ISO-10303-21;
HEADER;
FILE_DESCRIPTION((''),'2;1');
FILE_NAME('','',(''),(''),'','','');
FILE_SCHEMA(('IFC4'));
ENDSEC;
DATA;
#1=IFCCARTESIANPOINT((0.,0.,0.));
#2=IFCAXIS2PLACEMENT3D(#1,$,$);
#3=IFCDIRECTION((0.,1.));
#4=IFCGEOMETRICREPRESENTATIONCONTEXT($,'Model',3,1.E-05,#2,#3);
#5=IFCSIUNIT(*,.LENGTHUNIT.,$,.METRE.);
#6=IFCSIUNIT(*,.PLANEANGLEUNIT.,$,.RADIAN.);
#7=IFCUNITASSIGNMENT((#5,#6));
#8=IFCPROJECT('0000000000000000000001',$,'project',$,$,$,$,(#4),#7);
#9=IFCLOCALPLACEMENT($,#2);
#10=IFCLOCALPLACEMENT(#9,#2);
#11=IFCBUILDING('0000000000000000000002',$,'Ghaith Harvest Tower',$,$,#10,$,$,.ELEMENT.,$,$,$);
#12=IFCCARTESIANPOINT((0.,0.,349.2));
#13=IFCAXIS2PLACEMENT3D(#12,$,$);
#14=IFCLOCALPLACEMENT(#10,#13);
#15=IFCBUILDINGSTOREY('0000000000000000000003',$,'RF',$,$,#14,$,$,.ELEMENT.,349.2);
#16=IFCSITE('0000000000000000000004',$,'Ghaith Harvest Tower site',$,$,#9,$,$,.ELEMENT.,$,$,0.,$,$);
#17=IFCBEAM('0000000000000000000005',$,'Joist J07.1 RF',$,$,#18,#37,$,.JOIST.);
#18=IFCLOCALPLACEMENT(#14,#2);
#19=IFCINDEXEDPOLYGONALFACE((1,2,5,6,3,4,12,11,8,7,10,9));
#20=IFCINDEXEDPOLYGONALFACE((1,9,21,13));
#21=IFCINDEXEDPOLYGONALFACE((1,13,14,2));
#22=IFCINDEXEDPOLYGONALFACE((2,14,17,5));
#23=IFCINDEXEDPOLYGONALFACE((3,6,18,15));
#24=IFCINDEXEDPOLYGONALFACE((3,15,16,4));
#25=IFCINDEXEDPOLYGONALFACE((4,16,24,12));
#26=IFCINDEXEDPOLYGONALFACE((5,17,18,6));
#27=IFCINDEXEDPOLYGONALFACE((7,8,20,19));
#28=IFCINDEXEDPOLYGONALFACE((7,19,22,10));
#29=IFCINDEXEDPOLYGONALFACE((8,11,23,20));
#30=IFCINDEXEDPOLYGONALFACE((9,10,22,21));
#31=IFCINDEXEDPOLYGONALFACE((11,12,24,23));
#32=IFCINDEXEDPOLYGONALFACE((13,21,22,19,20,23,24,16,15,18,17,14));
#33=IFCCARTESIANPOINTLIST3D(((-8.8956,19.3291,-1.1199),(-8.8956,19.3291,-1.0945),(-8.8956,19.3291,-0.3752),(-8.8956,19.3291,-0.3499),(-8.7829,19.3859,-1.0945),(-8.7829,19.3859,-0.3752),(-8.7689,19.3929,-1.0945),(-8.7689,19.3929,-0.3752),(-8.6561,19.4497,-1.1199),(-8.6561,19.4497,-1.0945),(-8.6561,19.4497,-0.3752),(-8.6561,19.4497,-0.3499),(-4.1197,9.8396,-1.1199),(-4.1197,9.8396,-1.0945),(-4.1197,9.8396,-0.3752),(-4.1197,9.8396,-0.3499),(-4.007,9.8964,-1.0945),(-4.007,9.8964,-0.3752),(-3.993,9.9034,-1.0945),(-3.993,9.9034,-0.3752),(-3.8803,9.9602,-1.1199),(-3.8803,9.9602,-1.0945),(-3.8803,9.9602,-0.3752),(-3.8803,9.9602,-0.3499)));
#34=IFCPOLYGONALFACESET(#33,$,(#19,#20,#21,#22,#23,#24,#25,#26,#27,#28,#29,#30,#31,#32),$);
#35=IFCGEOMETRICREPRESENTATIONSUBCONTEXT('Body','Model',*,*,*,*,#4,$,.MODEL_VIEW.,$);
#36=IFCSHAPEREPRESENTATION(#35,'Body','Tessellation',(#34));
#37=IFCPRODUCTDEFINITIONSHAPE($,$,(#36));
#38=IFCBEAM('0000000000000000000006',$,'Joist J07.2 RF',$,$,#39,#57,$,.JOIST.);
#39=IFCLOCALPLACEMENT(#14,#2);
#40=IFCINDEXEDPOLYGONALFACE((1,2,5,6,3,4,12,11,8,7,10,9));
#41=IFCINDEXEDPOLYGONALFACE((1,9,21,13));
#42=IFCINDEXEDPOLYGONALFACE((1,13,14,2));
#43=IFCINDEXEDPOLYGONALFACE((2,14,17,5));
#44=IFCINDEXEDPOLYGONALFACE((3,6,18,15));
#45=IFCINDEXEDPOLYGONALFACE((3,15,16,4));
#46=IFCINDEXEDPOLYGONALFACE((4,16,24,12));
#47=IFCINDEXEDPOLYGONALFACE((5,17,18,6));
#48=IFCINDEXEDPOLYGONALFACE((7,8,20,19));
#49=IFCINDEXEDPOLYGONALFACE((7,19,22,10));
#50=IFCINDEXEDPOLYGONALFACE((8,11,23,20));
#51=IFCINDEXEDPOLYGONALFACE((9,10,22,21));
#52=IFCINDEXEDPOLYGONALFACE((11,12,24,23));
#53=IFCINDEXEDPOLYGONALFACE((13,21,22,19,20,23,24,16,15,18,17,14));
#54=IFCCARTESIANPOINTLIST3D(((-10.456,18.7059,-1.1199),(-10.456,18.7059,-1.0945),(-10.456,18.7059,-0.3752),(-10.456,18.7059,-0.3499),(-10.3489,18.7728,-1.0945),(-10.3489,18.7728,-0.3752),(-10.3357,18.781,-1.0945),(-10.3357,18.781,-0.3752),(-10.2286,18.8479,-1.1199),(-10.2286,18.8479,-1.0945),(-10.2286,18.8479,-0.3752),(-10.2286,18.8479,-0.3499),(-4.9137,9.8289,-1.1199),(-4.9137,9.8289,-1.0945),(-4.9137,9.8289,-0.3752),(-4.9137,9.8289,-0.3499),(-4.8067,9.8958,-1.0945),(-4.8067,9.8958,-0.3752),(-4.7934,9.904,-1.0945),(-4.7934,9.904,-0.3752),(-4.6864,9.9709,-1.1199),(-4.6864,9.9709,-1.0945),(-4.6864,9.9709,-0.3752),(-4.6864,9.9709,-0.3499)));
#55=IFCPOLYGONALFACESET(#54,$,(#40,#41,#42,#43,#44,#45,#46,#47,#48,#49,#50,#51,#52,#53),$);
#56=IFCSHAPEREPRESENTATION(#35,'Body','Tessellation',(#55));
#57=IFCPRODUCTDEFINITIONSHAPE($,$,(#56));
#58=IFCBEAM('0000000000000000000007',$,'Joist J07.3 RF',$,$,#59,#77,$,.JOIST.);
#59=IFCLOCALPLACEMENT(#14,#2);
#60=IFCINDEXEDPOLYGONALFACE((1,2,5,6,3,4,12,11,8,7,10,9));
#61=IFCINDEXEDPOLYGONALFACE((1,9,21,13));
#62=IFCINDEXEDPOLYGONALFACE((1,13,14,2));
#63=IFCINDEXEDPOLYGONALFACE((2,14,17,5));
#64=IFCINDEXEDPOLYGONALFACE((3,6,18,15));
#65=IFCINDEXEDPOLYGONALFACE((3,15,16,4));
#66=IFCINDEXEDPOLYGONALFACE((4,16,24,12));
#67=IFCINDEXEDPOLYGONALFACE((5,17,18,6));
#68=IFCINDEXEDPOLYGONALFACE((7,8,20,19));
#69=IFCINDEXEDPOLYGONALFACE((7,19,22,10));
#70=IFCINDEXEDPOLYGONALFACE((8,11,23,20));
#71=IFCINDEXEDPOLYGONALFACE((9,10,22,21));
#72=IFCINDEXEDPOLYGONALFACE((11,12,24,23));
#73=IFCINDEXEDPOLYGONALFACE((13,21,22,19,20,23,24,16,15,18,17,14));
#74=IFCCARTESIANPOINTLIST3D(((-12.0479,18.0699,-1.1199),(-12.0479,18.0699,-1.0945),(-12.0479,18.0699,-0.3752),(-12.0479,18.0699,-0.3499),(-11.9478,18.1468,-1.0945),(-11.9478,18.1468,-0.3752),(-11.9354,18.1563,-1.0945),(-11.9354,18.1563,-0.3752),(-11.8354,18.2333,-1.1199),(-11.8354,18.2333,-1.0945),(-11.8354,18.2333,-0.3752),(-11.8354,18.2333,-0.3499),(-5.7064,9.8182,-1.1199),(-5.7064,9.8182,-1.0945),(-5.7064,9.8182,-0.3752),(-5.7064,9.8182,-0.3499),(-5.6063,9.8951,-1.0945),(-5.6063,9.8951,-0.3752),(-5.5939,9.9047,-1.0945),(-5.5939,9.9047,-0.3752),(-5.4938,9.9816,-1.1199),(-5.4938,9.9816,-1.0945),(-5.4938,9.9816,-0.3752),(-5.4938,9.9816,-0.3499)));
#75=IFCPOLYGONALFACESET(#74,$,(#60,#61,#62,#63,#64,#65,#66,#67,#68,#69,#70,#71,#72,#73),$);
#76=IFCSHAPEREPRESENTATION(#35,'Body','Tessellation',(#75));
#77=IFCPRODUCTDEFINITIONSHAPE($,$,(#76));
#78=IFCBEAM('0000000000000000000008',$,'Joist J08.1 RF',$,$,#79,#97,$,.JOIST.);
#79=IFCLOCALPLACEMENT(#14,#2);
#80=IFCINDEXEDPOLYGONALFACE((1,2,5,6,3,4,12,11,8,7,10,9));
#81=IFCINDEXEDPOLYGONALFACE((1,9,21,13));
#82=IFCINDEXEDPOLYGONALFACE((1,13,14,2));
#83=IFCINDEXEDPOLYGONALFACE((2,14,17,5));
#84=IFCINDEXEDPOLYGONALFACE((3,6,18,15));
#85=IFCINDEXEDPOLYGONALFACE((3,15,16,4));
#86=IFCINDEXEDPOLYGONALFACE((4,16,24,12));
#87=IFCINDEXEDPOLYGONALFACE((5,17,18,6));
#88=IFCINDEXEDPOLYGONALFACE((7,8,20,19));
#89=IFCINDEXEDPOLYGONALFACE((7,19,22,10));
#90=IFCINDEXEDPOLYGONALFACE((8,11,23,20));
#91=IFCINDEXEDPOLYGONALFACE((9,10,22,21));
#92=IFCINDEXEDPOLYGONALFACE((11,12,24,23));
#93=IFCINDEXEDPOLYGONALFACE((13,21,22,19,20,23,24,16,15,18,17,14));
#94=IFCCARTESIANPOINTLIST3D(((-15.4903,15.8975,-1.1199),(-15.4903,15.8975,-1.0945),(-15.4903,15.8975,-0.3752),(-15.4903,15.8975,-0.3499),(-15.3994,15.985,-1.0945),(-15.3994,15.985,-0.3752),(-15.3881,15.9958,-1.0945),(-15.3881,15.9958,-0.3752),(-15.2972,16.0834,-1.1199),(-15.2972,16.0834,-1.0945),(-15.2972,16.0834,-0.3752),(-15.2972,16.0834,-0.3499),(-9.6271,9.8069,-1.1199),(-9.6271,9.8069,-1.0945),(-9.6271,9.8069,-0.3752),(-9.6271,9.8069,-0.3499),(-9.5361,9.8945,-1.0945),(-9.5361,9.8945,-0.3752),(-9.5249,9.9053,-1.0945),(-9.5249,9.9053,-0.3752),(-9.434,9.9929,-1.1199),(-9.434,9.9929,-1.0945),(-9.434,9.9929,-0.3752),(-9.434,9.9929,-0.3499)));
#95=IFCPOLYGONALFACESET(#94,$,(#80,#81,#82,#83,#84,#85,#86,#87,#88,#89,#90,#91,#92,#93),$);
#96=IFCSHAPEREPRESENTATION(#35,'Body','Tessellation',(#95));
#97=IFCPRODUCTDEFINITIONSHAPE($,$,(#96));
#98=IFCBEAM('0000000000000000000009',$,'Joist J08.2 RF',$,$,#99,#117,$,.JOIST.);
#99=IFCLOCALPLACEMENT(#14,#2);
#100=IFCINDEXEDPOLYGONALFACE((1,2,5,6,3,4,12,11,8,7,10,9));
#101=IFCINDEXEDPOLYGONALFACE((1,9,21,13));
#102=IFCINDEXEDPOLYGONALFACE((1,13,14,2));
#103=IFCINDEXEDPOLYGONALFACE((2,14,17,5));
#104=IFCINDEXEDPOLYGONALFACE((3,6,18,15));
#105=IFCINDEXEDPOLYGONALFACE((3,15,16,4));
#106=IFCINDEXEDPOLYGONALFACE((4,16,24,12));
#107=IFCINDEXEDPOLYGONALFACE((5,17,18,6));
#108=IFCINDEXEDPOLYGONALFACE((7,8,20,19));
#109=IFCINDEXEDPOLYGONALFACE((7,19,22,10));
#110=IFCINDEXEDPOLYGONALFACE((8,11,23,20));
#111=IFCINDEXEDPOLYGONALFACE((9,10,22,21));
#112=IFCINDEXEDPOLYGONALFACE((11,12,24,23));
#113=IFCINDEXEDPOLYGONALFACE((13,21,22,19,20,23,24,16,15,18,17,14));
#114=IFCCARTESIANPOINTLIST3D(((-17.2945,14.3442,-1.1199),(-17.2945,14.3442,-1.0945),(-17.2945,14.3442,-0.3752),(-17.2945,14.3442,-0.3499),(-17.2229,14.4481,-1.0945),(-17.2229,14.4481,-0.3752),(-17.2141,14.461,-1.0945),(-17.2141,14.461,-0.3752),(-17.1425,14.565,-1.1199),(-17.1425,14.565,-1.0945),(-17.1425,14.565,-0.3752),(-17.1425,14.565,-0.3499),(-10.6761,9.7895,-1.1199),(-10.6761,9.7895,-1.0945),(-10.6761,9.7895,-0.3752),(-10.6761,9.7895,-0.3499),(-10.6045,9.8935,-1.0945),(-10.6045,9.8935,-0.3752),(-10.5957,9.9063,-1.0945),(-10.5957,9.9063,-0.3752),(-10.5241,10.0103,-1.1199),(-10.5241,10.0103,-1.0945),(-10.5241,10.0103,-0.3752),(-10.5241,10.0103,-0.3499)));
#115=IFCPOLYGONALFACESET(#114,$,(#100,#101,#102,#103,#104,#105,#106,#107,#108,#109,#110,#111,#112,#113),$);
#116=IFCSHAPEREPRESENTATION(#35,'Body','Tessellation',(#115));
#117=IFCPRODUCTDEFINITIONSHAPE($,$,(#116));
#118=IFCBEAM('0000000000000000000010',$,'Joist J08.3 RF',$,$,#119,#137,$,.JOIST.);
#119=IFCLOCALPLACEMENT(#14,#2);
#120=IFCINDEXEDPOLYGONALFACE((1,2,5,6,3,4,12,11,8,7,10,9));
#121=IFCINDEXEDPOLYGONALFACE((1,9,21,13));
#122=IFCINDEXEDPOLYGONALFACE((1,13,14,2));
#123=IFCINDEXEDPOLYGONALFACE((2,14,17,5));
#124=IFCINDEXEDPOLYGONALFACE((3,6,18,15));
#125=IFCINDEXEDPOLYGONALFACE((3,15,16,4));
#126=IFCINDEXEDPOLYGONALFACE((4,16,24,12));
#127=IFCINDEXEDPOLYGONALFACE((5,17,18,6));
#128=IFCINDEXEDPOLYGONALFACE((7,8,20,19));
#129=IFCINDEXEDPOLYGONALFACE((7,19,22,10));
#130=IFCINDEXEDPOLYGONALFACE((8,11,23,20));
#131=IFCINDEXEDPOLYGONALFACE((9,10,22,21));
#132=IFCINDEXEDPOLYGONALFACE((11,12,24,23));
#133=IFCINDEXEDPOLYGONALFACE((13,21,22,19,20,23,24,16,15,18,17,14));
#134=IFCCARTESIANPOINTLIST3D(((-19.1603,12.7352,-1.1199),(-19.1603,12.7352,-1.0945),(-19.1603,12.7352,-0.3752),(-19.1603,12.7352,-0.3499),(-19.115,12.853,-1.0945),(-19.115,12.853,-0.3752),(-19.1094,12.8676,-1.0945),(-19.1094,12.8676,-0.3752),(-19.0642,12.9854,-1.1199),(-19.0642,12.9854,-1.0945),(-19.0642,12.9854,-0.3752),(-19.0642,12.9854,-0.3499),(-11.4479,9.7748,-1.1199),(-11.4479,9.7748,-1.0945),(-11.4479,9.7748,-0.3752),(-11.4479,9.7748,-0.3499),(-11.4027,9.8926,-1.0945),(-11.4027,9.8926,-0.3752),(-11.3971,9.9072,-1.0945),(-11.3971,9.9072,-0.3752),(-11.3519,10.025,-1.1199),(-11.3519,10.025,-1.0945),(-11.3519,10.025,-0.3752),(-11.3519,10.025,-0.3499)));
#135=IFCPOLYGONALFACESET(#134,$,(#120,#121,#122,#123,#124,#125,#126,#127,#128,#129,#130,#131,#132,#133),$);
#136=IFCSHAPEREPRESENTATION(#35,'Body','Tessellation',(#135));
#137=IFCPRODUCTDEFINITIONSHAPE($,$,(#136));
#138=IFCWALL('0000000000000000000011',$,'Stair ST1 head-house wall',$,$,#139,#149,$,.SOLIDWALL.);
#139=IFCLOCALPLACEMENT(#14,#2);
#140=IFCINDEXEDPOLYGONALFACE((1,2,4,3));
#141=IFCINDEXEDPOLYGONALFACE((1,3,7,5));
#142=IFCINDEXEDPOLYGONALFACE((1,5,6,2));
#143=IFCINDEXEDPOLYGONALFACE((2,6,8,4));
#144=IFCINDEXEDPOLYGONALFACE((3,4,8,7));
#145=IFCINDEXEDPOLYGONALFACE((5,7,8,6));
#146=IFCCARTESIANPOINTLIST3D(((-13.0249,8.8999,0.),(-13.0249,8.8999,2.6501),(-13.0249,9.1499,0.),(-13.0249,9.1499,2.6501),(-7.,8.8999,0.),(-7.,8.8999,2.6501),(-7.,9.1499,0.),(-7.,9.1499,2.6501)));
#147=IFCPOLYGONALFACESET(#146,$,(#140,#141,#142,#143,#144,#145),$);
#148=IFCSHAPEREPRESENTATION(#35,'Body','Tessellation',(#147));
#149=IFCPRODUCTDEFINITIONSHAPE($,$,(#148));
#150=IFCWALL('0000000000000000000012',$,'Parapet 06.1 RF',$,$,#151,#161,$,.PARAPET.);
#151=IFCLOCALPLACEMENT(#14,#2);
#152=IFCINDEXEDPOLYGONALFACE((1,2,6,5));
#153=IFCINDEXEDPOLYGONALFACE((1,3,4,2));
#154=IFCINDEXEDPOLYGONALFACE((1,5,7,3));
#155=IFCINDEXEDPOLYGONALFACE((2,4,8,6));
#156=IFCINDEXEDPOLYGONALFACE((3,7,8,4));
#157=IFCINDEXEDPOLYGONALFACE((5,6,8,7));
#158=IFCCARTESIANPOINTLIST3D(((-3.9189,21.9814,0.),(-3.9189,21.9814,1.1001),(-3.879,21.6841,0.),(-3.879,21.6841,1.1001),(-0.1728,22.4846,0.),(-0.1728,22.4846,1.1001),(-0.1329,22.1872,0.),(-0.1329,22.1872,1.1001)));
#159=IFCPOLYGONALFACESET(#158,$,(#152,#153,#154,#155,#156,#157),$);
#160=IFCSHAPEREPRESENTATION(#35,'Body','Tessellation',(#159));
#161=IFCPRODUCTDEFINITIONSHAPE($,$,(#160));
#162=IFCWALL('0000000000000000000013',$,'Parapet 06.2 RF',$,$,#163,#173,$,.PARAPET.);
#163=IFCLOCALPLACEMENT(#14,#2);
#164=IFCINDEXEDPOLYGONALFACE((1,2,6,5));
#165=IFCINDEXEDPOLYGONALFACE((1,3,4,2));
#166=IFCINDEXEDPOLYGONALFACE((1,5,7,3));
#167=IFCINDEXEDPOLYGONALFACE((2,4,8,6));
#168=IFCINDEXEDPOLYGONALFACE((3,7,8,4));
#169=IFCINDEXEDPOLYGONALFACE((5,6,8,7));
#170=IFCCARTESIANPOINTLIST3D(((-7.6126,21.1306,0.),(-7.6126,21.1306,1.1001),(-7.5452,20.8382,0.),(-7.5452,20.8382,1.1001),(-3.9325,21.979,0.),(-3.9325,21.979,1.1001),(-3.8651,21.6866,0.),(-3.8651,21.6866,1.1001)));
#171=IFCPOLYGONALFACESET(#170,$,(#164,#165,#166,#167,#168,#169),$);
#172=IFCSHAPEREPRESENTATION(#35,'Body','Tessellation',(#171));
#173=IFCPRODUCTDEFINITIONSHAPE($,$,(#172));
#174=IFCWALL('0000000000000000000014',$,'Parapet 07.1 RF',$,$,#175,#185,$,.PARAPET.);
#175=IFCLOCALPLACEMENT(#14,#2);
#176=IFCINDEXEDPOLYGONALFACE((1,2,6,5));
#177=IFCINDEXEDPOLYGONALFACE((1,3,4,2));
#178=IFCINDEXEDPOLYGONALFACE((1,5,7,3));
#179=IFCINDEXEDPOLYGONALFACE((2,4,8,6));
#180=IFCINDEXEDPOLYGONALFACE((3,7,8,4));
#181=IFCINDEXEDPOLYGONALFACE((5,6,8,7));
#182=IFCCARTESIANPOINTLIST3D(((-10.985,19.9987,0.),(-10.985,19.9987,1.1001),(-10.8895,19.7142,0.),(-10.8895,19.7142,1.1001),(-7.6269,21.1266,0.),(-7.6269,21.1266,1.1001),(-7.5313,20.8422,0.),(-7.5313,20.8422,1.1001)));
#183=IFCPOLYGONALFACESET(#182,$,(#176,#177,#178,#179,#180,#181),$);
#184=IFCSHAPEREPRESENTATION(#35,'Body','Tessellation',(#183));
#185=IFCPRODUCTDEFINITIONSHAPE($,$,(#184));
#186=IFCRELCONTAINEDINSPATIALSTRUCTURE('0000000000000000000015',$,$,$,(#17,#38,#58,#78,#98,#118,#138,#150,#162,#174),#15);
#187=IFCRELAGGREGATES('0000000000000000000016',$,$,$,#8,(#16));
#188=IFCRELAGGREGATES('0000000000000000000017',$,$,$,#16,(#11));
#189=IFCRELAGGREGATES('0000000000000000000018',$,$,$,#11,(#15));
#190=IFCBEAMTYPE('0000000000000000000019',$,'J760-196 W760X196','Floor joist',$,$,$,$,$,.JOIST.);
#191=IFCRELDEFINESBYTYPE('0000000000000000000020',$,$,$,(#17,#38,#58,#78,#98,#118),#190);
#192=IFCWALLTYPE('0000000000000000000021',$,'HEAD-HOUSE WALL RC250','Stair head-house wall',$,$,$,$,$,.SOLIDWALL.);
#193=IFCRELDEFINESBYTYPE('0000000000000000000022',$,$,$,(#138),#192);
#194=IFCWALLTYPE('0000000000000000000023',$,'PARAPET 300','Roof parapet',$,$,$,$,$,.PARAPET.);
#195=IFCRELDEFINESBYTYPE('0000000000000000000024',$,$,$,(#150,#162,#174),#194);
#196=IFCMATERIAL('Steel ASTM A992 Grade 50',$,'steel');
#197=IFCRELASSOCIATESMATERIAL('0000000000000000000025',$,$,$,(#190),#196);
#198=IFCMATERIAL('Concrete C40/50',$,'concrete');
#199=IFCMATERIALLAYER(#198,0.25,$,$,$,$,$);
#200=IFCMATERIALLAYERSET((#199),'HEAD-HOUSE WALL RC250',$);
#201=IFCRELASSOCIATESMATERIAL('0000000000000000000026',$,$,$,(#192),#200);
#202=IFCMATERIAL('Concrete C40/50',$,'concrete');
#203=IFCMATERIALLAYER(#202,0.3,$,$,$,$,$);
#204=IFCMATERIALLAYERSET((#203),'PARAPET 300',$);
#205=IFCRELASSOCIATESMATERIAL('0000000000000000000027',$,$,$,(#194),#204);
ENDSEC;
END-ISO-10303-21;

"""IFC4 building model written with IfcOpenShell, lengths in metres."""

from ifc_helpers import new_model, si_unit, direction, frame, frame_2d, origin, origin_2d, place, context, subcontext, project, spatial, rectangle, i_section, extrude, material, layer, layer_set, material_profile, profile_set, type_object, element, save


model = new_model("IFC4")

# Units and contexts
model_context = context("Model", 3, precision=1e-05, world=origin(), true_north=direction((0.0, 1.0)))
body_context = subcontext(model_context, "Body", "Model", "MODEL_VIEW")
ifc_project = project(units=[si_unit("LENGTHUNIT", "METRE"), si_unit("PLANEANGLEUNIT", "RADIAN")], contexts=[model_context])

# Site, building, storey
site_placement = place(None, origin())
site = spatial("IfcSite", under=ifc_project, at=site_placement, Name="Ghaith Harvest Tower site", CompositionType="ELEMENT", RefElevation=0.0)
building_placement = place(site_placement, origin())
building = spatial("IfcBuilding", under=site, at=building_placement, Name="Ghaith Harvest Tower", CompositionType="ELEMENT")
storey_placement = place(building_placement, frame((0.0, 0.0, 349.2)))
storey = spatial("IfcBuildingStorey", under=building, at=storey_placement, Name="RF", CompositionType="ELEMENT", Elevation=349.2)

# Beams
ifc_material_1 = material(Name="Steel ASTM A992 Grade 50", Category="steel")
ifc_material_profile_1 = material_profile(ifc_material_1, i_section(OverallWidth=0.2681, OverallDepth=0.77, WebThickness=0.0156, FlangeThickness=0.0254, at=origin_2d()), Name="W760X196")
ifc_profile_set_1 = profile_set([ifc_material_profile_1], Name="Steel ASTM A992 Grade 50")
beam_type_1 = type_object("IfcBeamType", Name="J760-196 W760X196", Description="Floor joist", PredefinedType="JOIST", material=ifc_profile_set_1)
beam_1_placement = place(storey_placement, frame((-4.0, 9.8999, -0.7349), z_axis=(-0.449556, 0.893252, 0.0), x_axis=(-0.893252, -0.449556, 0.0)))
element("IfcBeam", 1, at=beam_1_placement, inside=storey, type_object=beam_type_1, Name="Joist J07.1 RF", PredefinedType="JOIST", context=body_context, shape_type="SweptSolid", body=[
    extrude(i_section(OverallWidth=0.2681, OverallDepth=0.77, WebThickness=0.0156, FlangeThickness=0.0254, at=origin_2d()), origin(), (0.0, 0.0, 1.0), 10.6235),
])
beam_2_placement = place(storey_placement, frame((-4.8, 9.8999, -0.7349), z_axis=(-0.529596, 0.84825, 0.0), x_axis=(-0.84825, -0.529596, 0.0)))
element("IfcBeam", 2, at=beam_2_placement, inside=storey, type_object=beam_type_1, Name="Joist J07.2 RF", PredefinedType="JOIST", context=body_context, shape_type="SweptSolid", body=[
    extrude(i_section(OverallWidth=0.2681, OverallDepth=0.77, WebThickness=0.0156, FlangeThickness=0.0254, at=origin_2d()), origin(), (0.0, 0.0, 1.0), 10.4651),
])
beam_3_placement = place(storey_placement, frame((-5.6001, 9.8999, -0.7349), z_axis=(-0.609354, 0.792899, 0.0), x_axis=(-0.792899, -0.609354, 0.0)))
element("IfcBeam", 3, at=beam_3_placement, inside=storey, type_object=beam_type_1, Name="Joist J07.3 RF", PredefinedType="JOIST", context=body_context, shape_type="SweptSolid", body=[
    extrude(i_section(OverallWidth=0.2681, OverallDepth=0.77, WebThickness=0.0156, FlangeThickness=0.0254, at=origin_2d()), origin(), (0.0, 0.0, 1.0), 10.407),
])
beam_4_placement = place(storey_placement, frame((-9.5305, 9.8999, -0.7349), z_axis=(-0.693536, 0.720422, 0.0), x_axis=(-0.720422, -0.693536, 0.0)))
element("IfcBeam", 4, at=beam_4_placement, inside=storey, type_object=beam_type_1, Name="Joist J08.1 RF", PredefinedType="JOIST", context=body_context, shape_type="SweptSolid", body=[
    extrude(i_section(OverallWidth=0.2681, OverallDepth=0.77, WebThickness=0.0156, FlangeThickness=0.0254, at=origin_2d()), origin(), (0.0, 0.0, 1.0), 8.4541),
])
beam_5_placement = place(storey_placement, frame((-10.6001, 9.8999, -0.7349), z_axis=(-0.823779, 0.566912, 0.0), x_axis=(-0.566912, -0.823779, 0.0)))
element("IfcBeam", 5, at=beam_5_placement, inside=storey, type_object=beam_type_1, Name="Joist J08.2 RF", PredefinedType="JOIST", context=body_context, shape_type="SweptSolid", body=[
    extrude(i_section(OverallWidth=0.2681, OverallDepth=0.77, WebThickness=0.0156, FlangeThickness=0.0254, at=origin_2d()), origin(), (0.0, 0.0, 1.0), 8.0342),
])
beam_6_placement = place(storey_placement, frame((-11.3999, 9.8999, -0.7349), z_axis=(-0.933583, 0.358361, 0.0), x_axis=(-0.358361, -0.933583, 0.0)))
element("IfcBeam", 6, at=beam_6_placement, inside=storey, type_object=beam_type_1, Name="Joist J08.3 RF", PredefinedType="JOIST", context=body_context, shape_type="SweptSolid", body=[
    extrude(i_section(OverallWidth=0.2681, OverallDepth=0.77, WebThickness=0.0156, FlangeThickness=0.0254, at=origin_2d()), origin(), (0.0, 0.0, 1.0), 8.261),
])

# Wall
ifc_material_2 = material(Name="Concrete C40/50", Category="concrete")
ifc_layer_1 = layer(ifc_material_2, 0.25)
ifc_layer_set_1 = layer_set([ifc_layer_1], Name="HEAD-HOUSE WALL RC250")
wall_type_1 = type_object("IfcWallType", Name="HEAD-HOUSE WALL RC250", Description="Stair head-house wall", PredefinedType="SOLIDWALL", material=ifc_layer_set_1)
wall_1_placement = place(storey_placement, frame((-7.0, 9.0249, 0.0), z_axis=(0.0, 0.0, 1.0), x_axis=(-1.0, 0.0, 0.0)))
element("IfcWall", 7, at=wall_1_placement, inside=storey, type_object=wall_type_1, Name="Stair ST1 head-house wall", PredefinedType="SOLIDWALL", context=body_context, shape_type="SweptSolid", body=[
    extrude(rectangle(XDim=6.0249, YDim=0.25, at=frame_2d((3.0125, 0.0))), origin(), (0.0, 0.0, 1.0), 2.6501),
])

# Walls
ifc_material_3 = material(Name="Concrete C40/50", Category="concrete")
ifc_layer_2 = layer(ifc_material_3, 0.3)
ifc_layer_set_2 = layer_set([ifc_layer_2], Name="PARAPET 300")
wall_type_2 = type_object("IfcWallType", Name="PARAPET 300", Description="Roof parapet", PredefinedType="PARAPET", material=ifc_layer_set_2)
wall_2_placement = place(storey_placement, frame((-0.1528, 22.3359, 0.0), z_axis=(0.0, 0.0, 1.0), x_axis=(-0.991099, -0.133124, 0.0)))
element("IfcWall", 8, at=wall_2_placement, inside=storey, type_object=wall_type_2, Name="Parapet 06.1 RF", PredefinedType="PARAPET", context=body_context, shape_type="SweptSolid", body=[
    extrude(rectangle(XDim=3.7798, YDim=0.3, at=frame_2d((1.8899, 0.0))), origin(), (0.0, 0.0, 1.0), 1.1001),
])
wall_3_placement = place(storey_placement, frame((-3.8989, 21.8328, 0.0), z_axis=(0.0, 0.0, 1.0), x_axis=(-0.974442, -0.224638, 0.0)))
element("IfcWall", 9, at=wall_3_placement, inside=storey, type_object=wall_type_2, Name="Parapet 06.2 RF", PredefinedType="PARAPET", context=body_context, shape_type="SweptSolid", body=[
    extrude(rectangle(XDim=3.7766, YDim=0.3, at=frame_2d((1.8882, 0.0))), origin(), (0.0, 0.0, 1.0), 1.1001),
])
wall_4_placement = place(storey_placement, frame((-7.5791, 20.9844, 0.0), z_axis=(0.0, 0.0, 1.0), x_axis=(-0.947957, -0.318398, 0.0)))
element("IfcWall", 10, at=wall_4_placement, inside=storey, type_object=wall_type_2, Name="Parapet 07.1 RF", PredefinedType="PARAPET", context=body_context, shape_type="SweptSolid", body=[
    extrude(rectangle(XDim=3.5425, YDim=0.3, at=frame_2d((1.7712, 0.0))), origin(), (0.0, 0.0, 1.0), 1.1001),
])

save(model, "model.ifc")
